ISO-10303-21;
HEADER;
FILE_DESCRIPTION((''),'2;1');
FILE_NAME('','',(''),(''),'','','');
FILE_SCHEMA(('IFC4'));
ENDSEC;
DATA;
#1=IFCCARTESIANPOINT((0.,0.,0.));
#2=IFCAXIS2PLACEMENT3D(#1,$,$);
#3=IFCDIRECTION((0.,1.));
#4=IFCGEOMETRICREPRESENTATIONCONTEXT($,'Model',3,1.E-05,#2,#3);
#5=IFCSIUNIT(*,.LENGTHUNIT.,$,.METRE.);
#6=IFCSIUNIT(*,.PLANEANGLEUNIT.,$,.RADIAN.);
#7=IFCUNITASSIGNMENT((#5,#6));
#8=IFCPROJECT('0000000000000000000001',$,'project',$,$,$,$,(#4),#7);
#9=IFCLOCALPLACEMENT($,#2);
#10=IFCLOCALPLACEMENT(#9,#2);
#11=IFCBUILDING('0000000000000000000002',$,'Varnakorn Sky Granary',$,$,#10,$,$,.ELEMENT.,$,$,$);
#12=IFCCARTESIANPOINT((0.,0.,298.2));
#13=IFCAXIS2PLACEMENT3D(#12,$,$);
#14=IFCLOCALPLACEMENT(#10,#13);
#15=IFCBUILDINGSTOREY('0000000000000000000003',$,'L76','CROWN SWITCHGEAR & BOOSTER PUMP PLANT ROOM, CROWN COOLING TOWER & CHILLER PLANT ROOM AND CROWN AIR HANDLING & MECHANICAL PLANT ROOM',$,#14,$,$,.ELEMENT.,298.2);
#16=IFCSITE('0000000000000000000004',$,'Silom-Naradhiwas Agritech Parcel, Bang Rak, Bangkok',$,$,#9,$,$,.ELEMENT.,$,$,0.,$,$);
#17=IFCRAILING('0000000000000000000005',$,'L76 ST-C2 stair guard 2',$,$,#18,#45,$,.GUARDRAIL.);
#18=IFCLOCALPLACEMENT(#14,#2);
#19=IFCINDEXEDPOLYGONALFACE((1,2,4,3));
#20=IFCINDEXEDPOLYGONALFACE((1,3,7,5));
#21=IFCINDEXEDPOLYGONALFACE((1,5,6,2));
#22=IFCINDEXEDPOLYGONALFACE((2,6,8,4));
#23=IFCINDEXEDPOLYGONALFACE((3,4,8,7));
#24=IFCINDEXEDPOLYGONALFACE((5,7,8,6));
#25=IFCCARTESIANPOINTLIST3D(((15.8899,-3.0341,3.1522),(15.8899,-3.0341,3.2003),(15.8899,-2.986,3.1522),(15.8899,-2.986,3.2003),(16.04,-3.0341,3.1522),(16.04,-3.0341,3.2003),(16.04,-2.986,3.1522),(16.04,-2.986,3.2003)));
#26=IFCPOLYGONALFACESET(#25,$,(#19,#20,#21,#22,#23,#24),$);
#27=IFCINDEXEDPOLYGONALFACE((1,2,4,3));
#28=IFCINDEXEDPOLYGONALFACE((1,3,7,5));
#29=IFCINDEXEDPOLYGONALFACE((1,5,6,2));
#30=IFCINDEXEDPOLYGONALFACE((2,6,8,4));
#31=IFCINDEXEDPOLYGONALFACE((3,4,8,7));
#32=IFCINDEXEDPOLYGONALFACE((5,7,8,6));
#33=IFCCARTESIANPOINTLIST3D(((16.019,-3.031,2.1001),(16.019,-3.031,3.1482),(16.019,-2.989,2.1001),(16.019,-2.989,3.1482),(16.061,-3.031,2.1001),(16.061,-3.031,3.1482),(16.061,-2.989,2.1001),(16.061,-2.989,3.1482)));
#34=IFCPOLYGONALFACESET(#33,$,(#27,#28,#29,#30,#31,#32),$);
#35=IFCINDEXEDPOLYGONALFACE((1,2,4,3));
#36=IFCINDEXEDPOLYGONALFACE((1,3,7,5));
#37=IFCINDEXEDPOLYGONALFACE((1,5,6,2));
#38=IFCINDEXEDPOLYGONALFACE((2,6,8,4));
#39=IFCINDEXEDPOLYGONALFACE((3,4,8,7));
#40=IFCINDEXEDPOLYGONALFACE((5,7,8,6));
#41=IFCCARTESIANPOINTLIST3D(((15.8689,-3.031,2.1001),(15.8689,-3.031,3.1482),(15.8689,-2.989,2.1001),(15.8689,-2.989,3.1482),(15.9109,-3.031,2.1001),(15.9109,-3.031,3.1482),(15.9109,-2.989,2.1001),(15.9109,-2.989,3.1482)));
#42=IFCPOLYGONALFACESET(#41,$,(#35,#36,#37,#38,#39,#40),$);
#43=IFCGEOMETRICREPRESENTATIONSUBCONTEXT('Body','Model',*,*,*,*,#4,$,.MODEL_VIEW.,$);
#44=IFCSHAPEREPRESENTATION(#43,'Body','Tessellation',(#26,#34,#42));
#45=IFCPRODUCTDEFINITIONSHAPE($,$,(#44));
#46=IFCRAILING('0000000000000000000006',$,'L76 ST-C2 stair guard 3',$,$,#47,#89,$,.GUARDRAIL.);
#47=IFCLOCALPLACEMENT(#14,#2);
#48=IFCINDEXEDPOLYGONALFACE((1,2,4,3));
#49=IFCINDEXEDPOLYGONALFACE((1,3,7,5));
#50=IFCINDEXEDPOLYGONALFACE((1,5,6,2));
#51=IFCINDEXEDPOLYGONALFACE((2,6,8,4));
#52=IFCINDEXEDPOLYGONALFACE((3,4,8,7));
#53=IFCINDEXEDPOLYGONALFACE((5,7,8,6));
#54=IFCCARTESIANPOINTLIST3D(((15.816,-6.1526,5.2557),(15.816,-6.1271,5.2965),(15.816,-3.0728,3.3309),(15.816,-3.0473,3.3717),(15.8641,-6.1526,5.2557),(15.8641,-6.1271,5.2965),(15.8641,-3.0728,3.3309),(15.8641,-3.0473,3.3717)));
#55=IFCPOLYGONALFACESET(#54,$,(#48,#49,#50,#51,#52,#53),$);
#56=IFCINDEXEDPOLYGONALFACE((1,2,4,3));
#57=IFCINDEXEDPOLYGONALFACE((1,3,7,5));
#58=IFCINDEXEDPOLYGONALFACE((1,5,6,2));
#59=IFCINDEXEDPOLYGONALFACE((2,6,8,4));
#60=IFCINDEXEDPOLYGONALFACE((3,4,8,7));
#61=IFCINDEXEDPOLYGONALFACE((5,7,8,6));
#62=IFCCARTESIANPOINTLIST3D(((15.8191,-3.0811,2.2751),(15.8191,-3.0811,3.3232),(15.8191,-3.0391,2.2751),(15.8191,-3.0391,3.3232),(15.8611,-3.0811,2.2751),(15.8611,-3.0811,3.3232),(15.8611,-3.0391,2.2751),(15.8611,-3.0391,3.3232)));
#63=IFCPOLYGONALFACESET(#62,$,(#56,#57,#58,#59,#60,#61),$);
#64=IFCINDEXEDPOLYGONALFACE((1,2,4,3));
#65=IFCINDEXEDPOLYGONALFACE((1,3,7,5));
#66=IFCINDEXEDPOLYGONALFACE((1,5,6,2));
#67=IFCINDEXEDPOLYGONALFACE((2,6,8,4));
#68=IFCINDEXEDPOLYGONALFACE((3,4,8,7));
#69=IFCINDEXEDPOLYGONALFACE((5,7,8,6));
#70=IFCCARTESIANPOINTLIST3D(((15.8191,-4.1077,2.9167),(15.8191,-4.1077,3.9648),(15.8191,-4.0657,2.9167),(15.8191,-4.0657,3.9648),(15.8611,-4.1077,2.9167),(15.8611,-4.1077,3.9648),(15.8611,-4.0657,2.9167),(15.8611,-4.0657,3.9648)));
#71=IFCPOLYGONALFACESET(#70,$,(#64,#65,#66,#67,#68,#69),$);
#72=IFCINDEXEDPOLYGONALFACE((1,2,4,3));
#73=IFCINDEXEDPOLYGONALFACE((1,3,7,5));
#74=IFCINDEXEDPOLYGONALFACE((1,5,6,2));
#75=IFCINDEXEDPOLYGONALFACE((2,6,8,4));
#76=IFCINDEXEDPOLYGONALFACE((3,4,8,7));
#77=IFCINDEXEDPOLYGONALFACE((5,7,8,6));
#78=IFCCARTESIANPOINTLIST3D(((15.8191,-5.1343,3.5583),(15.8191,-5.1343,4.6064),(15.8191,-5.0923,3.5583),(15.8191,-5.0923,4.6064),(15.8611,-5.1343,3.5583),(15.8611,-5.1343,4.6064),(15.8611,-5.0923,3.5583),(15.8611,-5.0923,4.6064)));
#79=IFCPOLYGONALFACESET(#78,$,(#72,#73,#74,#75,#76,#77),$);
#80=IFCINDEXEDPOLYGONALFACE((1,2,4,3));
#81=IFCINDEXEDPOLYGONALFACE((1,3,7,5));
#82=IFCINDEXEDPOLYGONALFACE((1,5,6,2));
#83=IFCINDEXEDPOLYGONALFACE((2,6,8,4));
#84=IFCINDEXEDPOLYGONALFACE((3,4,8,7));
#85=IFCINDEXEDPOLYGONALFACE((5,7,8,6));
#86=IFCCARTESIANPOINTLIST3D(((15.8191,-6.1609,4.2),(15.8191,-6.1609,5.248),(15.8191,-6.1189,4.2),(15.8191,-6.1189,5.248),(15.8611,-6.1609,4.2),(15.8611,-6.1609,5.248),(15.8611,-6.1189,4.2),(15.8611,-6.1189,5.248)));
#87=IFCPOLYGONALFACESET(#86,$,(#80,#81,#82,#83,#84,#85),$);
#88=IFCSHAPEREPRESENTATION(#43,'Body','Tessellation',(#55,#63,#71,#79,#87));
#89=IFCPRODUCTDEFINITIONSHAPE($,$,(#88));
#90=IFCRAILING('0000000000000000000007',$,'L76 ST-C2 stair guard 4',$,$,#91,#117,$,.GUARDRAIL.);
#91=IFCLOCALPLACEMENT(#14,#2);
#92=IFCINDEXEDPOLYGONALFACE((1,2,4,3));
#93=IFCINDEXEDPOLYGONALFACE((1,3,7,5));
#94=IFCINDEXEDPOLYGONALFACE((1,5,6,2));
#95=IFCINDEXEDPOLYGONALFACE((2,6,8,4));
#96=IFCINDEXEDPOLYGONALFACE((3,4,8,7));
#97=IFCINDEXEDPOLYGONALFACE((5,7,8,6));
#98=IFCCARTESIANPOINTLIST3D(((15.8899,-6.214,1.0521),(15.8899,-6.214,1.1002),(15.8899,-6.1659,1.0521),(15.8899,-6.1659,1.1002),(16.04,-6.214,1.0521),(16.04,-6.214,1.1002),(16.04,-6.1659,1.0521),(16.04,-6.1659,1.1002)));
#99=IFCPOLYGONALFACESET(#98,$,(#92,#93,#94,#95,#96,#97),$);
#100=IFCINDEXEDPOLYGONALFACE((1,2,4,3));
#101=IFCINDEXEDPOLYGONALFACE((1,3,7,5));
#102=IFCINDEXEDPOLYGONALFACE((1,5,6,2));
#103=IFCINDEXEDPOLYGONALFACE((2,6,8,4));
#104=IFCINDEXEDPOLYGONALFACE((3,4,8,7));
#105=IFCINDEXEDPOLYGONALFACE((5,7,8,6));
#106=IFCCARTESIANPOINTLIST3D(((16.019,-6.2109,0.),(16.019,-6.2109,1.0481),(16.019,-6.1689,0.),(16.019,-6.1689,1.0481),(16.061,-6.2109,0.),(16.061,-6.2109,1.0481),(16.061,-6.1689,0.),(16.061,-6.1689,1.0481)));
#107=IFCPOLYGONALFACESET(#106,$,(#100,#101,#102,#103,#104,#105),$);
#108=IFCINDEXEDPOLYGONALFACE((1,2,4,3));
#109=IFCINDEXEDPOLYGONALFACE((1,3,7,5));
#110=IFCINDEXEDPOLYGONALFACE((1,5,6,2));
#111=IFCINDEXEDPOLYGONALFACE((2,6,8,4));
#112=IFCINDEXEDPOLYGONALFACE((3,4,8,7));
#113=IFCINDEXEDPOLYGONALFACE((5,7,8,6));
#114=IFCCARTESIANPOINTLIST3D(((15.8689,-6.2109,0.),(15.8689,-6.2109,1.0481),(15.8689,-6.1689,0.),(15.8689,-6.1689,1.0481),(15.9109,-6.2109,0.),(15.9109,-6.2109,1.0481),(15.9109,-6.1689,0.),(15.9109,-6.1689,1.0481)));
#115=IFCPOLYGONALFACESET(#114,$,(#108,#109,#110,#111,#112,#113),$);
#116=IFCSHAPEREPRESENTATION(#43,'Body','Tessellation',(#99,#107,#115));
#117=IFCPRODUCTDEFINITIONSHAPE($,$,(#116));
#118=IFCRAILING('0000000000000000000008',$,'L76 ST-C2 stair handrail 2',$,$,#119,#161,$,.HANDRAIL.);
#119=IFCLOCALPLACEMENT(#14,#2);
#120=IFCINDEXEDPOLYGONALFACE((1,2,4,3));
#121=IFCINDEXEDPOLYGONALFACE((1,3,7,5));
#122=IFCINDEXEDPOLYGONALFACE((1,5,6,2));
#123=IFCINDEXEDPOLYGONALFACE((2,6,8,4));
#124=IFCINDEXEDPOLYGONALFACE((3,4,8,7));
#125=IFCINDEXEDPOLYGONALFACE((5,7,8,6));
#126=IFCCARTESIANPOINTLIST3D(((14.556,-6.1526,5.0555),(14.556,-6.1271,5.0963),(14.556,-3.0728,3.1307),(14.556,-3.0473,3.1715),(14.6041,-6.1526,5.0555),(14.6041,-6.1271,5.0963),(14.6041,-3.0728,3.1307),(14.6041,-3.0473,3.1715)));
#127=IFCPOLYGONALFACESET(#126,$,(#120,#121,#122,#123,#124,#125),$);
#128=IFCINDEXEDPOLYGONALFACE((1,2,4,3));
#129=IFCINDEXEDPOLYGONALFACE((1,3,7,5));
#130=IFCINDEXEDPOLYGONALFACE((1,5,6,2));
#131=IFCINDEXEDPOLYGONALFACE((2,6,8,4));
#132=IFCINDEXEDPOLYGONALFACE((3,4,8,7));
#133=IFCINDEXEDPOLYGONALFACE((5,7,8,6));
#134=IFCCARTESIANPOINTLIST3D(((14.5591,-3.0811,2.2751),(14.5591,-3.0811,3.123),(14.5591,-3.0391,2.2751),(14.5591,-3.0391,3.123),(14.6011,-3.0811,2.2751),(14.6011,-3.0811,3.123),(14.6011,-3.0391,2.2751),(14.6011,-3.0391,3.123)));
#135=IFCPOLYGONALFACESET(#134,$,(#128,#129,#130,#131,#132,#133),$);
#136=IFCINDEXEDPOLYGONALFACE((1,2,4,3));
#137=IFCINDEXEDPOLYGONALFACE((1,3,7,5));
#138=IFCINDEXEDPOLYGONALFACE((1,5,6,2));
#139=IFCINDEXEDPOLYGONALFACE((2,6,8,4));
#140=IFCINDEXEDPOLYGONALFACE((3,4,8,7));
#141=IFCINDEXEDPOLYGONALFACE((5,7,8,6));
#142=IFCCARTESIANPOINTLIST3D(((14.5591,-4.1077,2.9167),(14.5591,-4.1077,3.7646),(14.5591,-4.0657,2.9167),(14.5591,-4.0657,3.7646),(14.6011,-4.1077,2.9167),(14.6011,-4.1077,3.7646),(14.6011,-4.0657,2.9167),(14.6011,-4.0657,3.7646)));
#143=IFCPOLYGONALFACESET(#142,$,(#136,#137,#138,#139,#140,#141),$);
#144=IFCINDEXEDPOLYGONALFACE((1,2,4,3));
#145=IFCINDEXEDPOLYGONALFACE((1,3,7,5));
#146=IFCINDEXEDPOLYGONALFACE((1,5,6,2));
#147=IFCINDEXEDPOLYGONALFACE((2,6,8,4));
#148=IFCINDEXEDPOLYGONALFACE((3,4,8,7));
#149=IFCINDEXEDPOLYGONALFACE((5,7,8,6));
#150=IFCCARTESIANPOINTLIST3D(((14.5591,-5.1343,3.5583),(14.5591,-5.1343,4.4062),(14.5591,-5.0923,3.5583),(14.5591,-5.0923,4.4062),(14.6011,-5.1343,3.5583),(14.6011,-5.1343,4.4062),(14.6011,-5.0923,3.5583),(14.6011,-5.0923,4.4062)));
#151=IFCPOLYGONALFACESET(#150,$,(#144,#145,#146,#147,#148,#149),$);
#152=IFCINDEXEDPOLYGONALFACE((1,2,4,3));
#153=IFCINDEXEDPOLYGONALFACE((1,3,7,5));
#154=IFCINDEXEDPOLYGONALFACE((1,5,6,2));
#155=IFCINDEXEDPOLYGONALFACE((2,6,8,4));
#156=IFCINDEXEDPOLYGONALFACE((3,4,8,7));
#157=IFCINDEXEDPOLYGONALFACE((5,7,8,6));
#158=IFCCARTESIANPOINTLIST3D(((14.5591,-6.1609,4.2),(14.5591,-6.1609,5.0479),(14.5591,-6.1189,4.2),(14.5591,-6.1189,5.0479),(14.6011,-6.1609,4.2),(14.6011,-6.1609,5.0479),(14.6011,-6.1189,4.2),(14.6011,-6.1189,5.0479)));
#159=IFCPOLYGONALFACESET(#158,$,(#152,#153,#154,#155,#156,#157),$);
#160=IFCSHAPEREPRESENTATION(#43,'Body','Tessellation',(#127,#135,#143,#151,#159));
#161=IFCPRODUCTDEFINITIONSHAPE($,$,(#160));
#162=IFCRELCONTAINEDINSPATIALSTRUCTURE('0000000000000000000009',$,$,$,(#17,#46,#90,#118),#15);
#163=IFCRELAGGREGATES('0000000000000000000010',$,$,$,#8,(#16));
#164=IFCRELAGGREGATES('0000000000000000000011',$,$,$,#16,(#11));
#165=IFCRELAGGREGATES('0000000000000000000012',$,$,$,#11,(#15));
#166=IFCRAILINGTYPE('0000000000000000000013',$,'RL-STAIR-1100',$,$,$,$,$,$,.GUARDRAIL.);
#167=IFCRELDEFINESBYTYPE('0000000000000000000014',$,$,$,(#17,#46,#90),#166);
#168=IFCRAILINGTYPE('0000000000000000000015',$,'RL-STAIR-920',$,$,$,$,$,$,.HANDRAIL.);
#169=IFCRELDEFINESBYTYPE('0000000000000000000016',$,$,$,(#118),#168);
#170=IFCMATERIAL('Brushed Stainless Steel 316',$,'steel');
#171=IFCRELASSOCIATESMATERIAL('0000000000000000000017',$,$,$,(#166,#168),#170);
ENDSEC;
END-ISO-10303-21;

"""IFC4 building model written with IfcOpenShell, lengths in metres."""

from ifc_helpers import new_model, si_unit, direction, frame, origin, origin_2d, place, context, subcontext, project, spatial, rectangle, extrude, material, type_object, element, save


model = new_model("IFC4")

# Units and contexts
model_context = context("Model", 3, precision=1e-05, world=origin(), true_north=direction((0.0, 1.0)))
body_context = subcontext(model_context, "Body", "Model", "MODEL_VIEW")
ifc_project = project(units=[si_unit("LENGTHUNIT", "METRE"), si_unit("PLANEANGLEUNIT", "RADIAN")], contexts=[model_context])

# Site, building, storey
site_placement = place(None, origin())
site = spatial("IfcSite", under=ifc_project, at=site_placement, Name="Silom-Naradhiwas Agritech Parcel, Bang Rak, Bangkok", CompositionType="ELEMENT", RefElevation=0.0)
building_placement = place(site_placement, origin())
building = spatial("IfcBuilding", under=site, at=building_placement, Name="Varnakorn Sky Granary", CompositionType="ELEMENT")
storey_placement = place(building_placement, frame((0.0, 0.0, 298.2)))
storey = spatial("IfcBuildingStorey", under=building, at=storey_placement, Name="L76", Description="CROWN SWITCHGEAR & BOOSTER PUMP PLANT ROOM, CROWN COOLING TOWER & CHILLER PLANT ROOM AND CROWN AIR HANDLING & MECHANICAL PLANT ROOM", CompositionType="ELEMENT", Elevation=298.2)

# Railings
ifc_material_1 = material(Name="Brushed Stainless Steel 316", Category="steel")
railing_type_1 = type_object("IfcRailingType", Name="RL-STAIR-1100", PredefinedType="GUARDRAIL", material=ifc_material_1)
railing_1_placement = place(storey_placement, frame((16.04, -3.01, 2.1001)))
element("IfcRailing", 1, at=railing_1_placement, inside=storey, type_object=railing_type_1, Name="L76 ST-C2 stair guard 2", PredefinedType="GUARDRAIL", context=body_context, shape_type="SweptSolid", body=[
    extrude(rectangle(XDim=0.0481, YDim=0.0481, at=origin_2d()), frame((0.0, 0.0, 1.0762), z_axis=(-1.0, 0.0, 0.0), x_axis=(0.0, -1.0, 0.0)), (0.0, 0.0, 1.0), 0.1501),
    extrude(rectangle(XDim=0.042, YDim=0.042, at=origin_2d()), origin(), (0.0, 0.0, 1.0), 1.0481),
    extrude(rectangle(XDim=0.042, YDim=0.042, at=origin_2d()), frame((-0.1501, 0.0, 0.0)), (0.0, 0.0, 1.0), 1.0481),
])
railing_2_placement = place(storey_placement, frame((15.8401, -3.0601, 2.2751)))
element("IfcRailing", 2, at=railing_2_placement, inside=storey, type_object=railing_type_1, Name="L76 ST-C2 stair guard 3", PredefinedType="GUARDRAIL", context=body_context, shape_type="SweptSolid", body=[
    extrude(rectangle(XDim=0.0481, YDim=0.0481, at=origin_2d()), frame((0.0, 0.0, 1.0762), z_axis=(0.0, -0.84801, 0.529981), x_axis=(1.0, 0.0, 0.0)), (0.0, 0.0, 1.0), 3.6318),
    extrude(rectangle(XDim=0.042, YDim=0.042, at=origin_2d()), origin(), (0.0, 0.0, 1.0), 1.0481),
    extrude(rectangle(XDim=0.042, YDim=0.042, at=origin_2d()), frame((0.0, -1.0266, 0.6416)), (0.0, 0.0, 1.0), 1.0481),
    extrude(rectangle(XDim=0.042, YDim=0.042, at=origin_2d()), frame((0.0, -2.0532, 1.2832)), (0.0, 0.0, 1.0), 1.0481),
    extrude(rectangle(XDim=0.042, YDim=0.042, at=origin_2d()), frame((0.0, -3.0798, 1.9248)), (0.0, 0.0, 1.0), 1.0481),
])
railing_3_placement = place(storey_placement, frame((16.04, -6.1899, 0.0)))
element("IfcRailing", 3, at=railing_3_placement, inside=storey, type_object=railing_type_1, Name="L76 ST-C2 stair guard 4", PredefinedType="GUARDRAIL", context=body_context, shape_type="SweptSolid", body=[
    extrude(rectangle(XDim=0.0481, YDim=0.0481, at=origin_2d()), frame((0.0, 0.0, 1.0762), z_axis=(-1.0, 0.0, 0.0), x_axis=(0.0, -1.0, 0.0)), (0.0, 0.0, 1.0), 0.1501),
    extrude(rectangle(XDim=0.042, YDim=0.042, at=origin_2d()), origin(), (0.0, 0.0, 1.0), 1.0481),
    extrude(rectangle(XDim=0.042, YDim=0.042, at=origin_2d()), frame((-0.1501, 0.0, 0.0)), (0.0, 0.0, 1.0), 1.0481),
])
railing_type_2 = type_object("IfcRailingType", Name="RL-STAIR-920", PredefinedType="HANDRAIL", material=ifc_material_1)
railing_4_placement = place(storey_placement, frame((14.5801, -3.0601, 2.2751)))
element("IfcRailing", 4, at=railing_4_placement, inside=storey, type_object=railing_type_2, Name="L76 ST-C2 stair handrail 2", PredefinedType="HANDRAIL", context=body_context, shape_type="SweptSolid", body=[
    extrude(rectangle(XDim=0.0481, YDim=0.0481, at=origin_2d()), frame((0.0, 0.0, 0.876), z_axis=(0.0, -0.84801, 0.529981), x_axis=(1.0, 0.0, 0.0)), (0.0, 0.0, 1.0), 3.6318),
    extrude(rectangle(XDim=0.042, YDim=0.042, at=origin_2d()), origin(), (0.0, 0.0, 1.0), 0.8479),
    extrude(rectangle(XDim=0.042, YDim=0.042, at=origin_2d()), frame((0.0, -1.0266, 0.6416)), (0.0, 0.0, 1.0), 0.8479),
    extrude(rectangle(XDim=0.042, YDim=0.042, at=origin_2d()), frame((0.0, -2.0532, 1.2832)), (0.0, 0.0, 1.0), 0.8479),
    extrude(rectangle(XDim=0.042, YDim=0.042, at=origin_2d()), frame((0.0, -3.0798, 1.9248)), (0.0, 0.0, 1.0), 0.8479),
])

save(model, "model.ifc")
